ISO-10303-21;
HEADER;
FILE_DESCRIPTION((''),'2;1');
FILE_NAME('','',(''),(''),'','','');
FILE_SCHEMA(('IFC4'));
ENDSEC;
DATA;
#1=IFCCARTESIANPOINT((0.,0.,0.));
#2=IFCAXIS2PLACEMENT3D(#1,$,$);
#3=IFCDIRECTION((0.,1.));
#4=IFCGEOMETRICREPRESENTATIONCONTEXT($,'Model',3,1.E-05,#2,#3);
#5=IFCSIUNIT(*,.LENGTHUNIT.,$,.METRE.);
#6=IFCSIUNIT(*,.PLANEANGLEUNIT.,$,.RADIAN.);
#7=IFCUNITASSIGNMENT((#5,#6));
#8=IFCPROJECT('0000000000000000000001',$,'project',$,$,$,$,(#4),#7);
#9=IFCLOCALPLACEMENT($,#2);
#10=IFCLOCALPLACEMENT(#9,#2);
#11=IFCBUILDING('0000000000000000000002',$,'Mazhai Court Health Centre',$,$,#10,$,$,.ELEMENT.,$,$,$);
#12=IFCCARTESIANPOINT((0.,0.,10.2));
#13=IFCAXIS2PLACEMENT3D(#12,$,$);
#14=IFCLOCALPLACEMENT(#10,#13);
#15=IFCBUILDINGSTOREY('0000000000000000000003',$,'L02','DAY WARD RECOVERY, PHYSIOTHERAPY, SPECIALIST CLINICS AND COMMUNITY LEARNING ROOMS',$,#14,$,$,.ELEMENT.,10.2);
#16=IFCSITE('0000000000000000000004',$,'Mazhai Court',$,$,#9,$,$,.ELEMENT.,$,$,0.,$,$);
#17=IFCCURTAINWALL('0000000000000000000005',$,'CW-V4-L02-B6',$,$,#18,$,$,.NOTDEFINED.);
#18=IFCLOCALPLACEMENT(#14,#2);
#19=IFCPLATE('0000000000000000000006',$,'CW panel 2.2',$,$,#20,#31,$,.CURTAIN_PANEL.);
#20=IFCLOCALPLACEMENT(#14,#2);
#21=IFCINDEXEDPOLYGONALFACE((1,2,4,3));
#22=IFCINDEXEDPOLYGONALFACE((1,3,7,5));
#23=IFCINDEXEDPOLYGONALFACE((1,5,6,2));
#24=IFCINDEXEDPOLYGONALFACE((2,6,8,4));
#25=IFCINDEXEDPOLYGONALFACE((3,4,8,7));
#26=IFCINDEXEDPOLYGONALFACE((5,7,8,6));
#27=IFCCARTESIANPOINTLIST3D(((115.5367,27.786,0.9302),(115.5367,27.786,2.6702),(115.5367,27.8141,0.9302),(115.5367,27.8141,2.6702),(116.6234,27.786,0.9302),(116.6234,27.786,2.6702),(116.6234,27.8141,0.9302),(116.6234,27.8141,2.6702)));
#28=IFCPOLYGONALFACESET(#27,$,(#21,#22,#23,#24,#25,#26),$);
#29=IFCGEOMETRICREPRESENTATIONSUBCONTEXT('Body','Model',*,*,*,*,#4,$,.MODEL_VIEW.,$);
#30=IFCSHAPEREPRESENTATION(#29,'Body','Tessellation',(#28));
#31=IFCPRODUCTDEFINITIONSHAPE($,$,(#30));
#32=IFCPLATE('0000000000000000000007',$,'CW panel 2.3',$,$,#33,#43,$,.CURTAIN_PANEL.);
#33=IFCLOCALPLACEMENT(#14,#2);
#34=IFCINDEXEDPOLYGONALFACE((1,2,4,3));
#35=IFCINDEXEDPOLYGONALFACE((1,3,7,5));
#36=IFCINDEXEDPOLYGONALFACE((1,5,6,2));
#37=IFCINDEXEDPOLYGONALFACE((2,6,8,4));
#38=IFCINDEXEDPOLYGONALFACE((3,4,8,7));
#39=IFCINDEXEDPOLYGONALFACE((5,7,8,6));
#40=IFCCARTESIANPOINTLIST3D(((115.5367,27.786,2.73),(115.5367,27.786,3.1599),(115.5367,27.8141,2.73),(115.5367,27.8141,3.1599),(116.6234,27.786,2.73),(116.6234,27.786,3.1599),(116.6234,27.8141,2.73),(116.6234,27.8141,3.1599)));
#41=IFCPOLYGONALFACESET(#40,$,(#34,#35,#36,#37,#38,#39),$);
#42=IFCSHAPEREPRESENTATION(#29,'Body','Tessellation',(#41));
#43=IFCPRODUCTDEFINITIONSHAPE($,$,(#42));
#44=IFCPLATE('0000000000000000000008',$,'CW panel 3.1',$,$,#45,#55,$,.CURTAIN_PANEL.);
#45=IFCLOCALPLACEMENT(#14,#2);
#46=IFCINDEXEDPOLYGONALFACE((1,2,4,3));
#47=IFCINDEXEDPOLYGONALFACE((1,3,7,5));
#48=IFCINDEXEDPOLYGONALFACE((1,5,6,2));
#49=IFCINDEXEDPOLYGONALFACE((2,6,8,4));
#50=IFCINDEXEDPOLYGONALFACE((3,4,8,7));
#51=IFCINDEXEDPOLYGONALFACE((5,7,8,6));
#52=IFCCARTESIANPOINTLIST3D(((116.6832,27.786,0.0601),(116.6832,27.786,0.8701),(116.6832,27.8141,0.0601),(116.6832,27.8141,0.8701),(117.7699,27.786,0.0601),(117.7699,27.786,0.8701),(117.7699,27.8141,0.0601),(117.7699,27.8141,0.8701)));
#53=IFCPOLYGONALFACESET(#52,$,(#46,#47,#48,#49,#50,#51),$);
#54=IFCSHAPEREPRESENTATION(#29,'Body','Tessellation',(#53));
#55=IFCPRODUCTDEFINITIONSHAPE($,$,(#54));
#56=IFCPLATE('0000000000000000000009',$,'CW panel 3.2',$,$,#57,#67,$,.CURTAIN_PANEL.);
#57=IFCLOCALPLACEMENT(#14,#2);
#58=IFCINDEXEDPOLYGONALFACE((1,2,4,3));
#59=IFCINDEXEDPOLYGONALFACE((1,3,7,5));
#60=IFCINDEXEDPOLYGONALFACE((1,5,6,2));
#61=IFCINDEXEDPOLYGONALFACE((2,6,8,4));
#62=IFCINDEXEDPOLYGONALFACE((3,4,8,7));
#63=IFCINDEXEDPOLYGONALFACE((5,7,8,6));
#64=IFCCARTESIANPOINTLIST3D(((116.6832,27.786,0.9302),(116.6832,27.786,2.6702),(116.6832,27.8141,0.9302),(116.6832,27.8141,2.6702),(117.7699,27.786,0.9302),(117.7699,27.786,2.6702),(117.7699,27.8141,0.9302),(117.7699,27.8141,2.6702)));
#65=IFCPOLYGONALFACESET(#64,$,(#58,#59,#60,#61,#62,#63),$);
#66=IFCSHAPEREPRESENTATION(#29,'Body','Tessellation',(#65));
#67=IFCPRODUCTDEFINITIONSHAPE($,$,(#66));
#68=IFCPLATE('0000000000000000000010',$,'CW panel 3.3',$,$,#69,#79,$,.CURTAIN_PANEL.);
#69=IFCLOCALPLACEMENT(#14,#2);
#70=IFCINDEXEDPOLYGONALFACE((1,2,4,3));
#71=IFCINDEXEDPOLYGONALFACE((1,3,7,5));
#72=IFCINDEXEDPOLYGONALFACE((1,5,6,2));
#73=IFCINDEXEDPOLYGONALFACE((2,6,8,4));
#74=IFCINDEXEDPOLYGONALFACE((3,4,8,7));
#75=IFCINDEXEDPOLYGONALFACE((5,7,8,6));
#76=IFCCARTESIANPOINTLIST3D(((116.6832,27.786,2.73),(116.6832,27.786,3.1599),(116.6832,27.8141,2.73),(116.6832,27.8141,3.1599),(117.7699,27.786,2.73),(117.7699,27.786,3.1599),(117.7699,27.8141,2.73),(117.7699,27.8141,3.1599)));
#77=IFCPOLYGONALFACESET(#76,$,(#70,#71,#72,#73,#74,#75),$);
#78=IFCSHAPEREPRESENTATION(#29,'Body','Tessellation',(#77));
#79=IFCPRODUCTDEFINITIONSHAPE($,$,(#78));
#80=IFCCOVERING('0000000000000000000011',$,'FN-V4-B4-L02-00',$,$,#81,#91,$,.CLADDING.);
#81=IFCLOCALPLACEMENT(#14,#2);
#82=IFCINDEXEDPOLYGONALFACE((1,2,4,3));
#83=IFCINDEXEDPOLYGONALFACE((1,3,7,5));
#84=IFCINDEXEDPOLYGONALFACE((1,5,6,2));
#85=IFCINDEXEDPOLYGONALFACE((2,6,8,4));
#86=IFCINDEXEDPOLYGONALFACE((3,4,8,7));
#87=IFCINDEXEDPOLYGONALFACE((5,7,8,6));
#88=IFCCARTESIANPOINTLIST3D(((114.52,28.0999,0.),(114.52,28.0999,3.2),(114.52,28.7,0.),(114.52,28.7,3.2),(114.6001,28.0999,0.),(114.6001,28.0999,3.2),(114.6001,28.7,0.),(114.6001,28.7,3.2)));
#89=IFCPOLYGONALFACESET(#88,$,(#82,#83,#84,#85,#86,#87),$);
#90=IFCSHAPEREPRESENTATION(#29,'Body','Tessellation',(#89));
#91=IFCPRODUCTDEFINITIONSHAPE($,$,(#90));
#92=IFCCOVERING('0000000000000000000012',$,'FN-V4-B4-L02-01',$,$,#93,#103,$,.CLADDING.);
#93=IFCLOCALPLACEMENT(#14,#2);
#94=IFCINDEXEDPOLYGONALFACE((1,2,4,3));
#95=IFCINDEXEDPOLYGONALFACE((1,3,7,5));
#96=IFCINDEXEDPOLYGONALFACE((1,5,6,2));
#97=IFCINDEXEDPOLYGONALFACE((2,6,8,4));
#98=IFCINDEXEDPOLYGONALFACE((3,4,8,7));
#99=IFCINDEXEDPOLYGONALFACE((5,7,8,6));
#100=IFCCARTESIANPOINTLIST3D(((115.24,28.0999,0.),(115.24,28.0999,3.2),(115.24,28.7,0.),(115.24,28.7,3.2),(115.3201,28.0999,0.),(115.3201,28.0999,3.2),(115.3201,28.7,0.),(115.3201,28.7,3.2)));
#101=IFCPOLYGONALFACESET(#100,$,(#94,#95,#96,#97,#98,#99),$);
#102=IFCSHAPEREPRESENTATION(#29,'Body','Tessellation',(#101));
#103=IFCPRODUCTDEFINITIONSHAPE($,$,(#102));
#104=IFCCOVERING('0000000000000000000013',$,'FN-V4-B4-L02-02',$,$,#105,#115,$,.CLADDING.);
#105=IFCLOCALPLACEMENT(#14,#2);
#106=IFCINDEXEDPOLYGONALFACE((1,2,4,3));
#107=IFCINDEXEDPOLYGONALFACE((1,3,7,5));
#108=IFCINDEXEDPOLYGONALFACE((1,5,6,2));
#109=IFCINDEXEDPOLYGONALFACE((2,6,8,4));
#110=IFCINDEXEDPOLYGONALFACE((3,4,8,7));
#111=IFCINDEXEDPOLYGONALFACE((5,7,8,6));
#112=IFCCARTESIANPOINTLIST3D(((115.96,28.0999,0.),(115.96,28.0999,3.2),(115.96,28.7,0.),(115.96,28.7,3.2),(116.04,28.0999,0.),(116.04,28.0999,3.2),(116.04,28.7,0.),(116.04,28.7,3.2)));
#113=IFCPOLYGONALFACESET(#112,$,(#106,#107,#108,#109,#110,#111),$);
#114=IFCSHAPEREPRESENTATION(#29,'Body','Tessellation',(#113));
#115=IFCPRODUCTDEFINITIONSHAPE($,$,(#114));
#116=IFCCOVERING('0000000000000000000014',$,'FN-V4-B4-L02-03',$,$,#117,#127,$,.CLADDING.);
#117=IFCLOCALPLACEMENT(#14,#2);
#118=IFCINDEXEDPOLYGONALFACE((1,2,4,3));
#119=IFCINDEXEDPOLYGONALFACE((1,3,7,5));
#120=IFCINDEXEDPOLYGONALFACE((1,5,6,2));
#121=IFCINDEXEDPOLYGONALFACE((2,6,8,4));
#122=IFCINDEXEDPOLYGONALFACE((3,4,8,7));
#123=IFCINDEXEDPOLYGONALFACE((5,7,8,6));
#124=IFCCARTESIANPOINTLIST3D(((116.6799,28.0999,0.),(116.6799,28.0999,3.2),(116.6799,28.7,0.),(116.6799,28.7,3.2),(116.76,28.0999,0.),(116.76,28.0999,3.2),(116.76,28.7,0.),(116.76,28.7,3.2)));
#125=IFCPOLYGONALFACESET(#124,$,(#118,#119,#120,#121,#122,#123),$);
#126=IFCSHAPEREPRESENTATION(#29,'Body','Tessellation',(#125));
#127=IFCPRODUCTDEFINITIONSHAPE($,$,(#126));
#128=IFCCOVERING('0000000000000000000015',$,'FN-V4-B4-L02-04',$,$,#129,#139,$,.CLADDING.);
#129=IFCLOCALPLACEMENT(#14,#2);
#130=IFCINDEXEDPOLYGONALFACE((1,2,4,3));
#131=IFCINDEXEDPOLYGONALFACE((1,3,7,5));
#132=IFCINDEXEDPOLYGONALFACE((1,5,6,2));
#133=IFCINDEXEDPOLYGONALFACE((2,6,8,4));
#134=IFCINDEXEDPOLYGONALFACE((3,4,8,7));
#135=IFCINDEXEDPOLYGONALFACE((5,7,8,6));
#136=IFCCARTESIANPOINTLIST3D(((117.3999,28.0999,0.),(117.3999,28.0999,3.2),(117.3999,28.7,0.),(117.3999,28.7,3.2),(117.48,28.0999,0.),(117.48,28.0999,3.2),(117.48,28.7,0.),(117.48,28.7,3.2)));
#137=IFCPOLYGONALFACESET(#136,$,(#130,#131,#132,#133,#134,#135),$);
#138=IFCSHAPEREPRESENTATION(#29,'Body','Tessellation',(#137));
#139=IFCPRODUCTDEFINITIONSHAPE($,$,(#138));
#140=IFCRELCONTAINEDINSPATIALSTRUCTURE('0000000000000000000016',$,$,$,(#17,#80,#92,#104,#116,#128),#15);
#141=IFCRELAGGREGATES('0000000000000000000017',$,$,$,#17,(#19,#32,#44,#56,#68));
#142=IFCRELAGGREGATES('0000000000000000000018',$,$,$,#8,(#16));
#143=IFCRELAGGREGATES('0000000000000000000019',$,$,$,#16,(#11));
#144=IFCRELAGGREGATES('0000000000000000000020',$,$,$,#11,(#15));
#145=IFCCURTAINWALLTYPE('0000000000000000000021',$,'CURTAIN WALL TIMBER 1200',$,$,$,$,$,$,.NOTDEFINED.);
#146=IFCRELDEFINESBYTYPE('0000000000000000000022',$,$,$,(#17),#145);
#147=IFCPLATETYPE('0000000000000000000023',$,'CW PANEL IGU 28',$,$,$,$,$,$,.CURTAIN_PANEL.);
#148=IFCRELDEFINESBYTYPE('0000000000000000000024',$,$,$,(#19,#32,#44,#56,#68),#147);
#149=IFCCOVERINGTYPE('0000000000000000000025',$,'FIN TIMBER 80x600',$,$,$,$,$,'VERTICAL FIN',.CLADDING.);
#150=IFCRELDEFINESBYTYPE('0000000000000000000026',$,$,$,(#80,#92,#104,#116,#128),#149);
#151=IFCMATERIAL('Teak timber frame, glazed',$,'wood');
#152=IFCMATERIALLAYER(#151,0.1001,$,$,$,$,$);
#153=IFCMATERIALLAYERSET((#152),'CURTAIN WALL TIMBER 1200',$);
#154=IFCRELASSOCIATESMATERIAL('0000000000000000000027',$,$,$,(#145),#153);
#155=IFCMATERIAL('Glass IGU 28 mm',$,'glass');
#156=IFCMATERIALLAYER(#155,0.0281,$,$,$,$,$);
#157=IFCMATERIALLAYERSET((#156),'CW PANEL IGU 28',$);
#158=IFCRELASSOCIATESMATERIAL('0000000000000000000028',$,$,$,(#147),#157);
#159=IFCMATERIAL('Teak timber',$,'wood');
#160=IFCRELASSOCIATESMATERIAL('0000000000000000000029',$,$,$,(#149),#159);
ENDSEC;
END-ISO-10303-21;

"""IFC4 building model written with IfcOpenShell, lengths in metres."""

from ifc_helpers import new_model, si_unit, direction, frame, origin, origin_2d, place, context, subcontext, project, spatial, rectangle, extrude, material, layer, layer_set, type_object, element, aggregate, save


model = new_model("IFC4")

# Units and contexts
model_context = context("Model", 3, precision=1e-05, world=origin(), true_north=direction((0.0, 1.0)))
body_context = subcontext(model_context, "Body", "Model", "MODEL_VIEW")
ifc_project = project(units=[si_unit("LENGTHUNIT", "METRE"), si_unit("PLANEANGLEUNIT", "RADIAN")], contexts=[model_context])

# Site, building, storey
site_placement = place(None, origin())
site = spatial("IfcSite", under=ifc_project, at=site_placement, Name="Mazhai Court", CompositionType="ELEMENT", RefElevation=0.0)
building_placement = place(site_placement, origin())
building = spatial("IfcBuilding", under=site, at=building_placement, Name="Mazhai Court Health Centre", CompositionType="ELEMENT")
storey_placement = place(building_placement, frame((0.0, 0.0, 10.2)))
storey = spatial("IfcBuildingStorey", under=building, at=storey_placement, Name="L02", Description="DAY WARD RECOVERY, PHYSIOTHERAPY, SPECIALIST CLINICS AND COMMUNITY LEARNING ROOMS", CompositionType="ELEMENT", Elevation=10.2)

# Curtain wall, plates
ifc_material_1 = material(Name="Teak timber frame, glazed", Category="wood")
ifc_layer_1 = layer(ifc_material_1, 0.1001)
ifc_layer_set_1 = layer_set([ifc_layer_1], Name="CURTAIN WALL TIMBER 1200")
curtain_wall_type = type_object("IfcCurtainWallType", Name="CURTAIN WALL TIMBER 1200", PredefinedType="NOTDEFINED", material=ifc_layer_set_1)
curtain_wall_placement = place(storey_placement, origin())
curtain_wall = element("IfcCurtainWall", 1, at=curtain_wall_placement, inside=storey, type_object=curtain_wall_type, Name="CW-V4-L02-B6", PredefinedType="NOTDEFINED")
ifc_material_2 = material(Name="Glass IGU 28 mm", Category="glass")
ifc_layer_2 = layer(ifc_material_2, 0.0281)
ifc_layer_set_2 = layer_set([ifc_layer_2], Name="CW PANEL IGU 28")
plate_type = type_object("IfcPlateType", Name="CW PANEL IGU 28", PredefinedType="CURTAIN_PANEL", material=ifc_layer_set_2)
plate_1_placement = place(storey_placement, frame((116.0801, 27.8, 0.9302), z_axis=(0.0, 0.0, 1.0), x_axis=(1.0, 0.0, 0.0)))
plate_1 = element("IfcPlate", 2, at=plate_1_placement, type_object=plate_type, Name="CW panel 2.2", PredefinedType="CURTAIN_PANEL", context=body_context, shape_type="SweptSolid", body=[
    extrude(rectangle(XDim=1.0867, YDim=0.0281, at=origin_2d()), origin(), (0.0, 0.0, 1.0), 1.74),
])
plate_2_placement = place(storey_placement, frame((116.0801, 27.8, 2.73), z_axis=(0.0, 0.0, 1.0), x_axis=(1.0, 0.0, 0.0)))
plate_2 = element("IfcPlate", 3, at=plate_2_placement, type_object=plate_type, Name="CW panel 2.3", PredefinedType="CURTAIN_PANEL", context=body_context, shape_type="SweptSolid", body=[
    extrude(rectangle(XDim=1.0867, YDim=0.0281, at=origin_2d()), origin(), (0.0, 0.0, 1.0), 0.4299),
])
plate_3_placement = place(storey_placement, frame((117.2266, 27.8, 0.0601), z_axis=(0.0, 0.0, 1.0), x_axis=(1.0, 0.0, 0.0)))
plate_3 = element("IfcPlate", 4, at=plate_3_placement, type_object=plate_type, Name="CW panel 3.1", PredefinedType="CURTAIN_PANEL", context=body_context, shape_type="SweptSolid", body=[
    extrude(rectangle(XDim=1.0867, YDim=0.0281, at=origin_2d()), origin(), (0.0, 0.0, 1.0), 0.8101),
])
plate_4_placement = place(storey_placement, frame((117.2266, 27.8, 0.9302), z_axis=(0.0, 0.0, 1.0), x_axis=(1.0, 0.0, 0.0)))
plate_4 = element("IfcPlate", 5, at=plate_4_placement, type_object=plate_type, Name="CW panel 3.2", PredefinedType="CURTAIN_PANEL", context=body_context, shape_type="SweptSolid", body=[
    extrude(rectangle(XDim=1.0867, YDim=0.0281, at=origin_2d()), origin(), (0.0, 0.0, 1.0), 1.74),
])
plate_5_placement = place(storey_placement, frame((117.2266, 27.8, 2.73), z_axis=(0.0, 0.0, 1.0), x_axis=(1.0, 0.0, 0.0)))
plate_5 = element("IfcPlate", 6, at=plate_5_placement, type_object=plate_type, Name="CW panel 3.3", PredefinedType="CURTAIN_PANEL", context=body_context, shape_type="SweptSolid", body=[
    extrude(rectangle(XDim=1.0867, YDim=0.0281, at=origin_2d()), origin(), (0.0, 0.0, 1.0), 0.4299),
])
aggregate(curtain_wall, [plate_1, plate_2, plate_3, plate_4, plate_5])

# Coverings
ifc_material_3 = material(Name="Teak timber", Category="wood")
covering_type = type_object("IfcCoveringType", Name="FIN TIMBER 80x600", ElementType="VERTICAL FIN", PredefinedType="CLADDING", material=ifc_material_3)
for number, where, z_axis, x_axis, name in (
    (7, (114.5601, 28.3999, 0.0), (0.0, 0.0, 1.0), (1.0, 0.0, 0.0), "FN-V4-B4-L02-00"),
    (8, (115.28, 28.3999, 0.0), (0.0, 0.0, 1.0), (1.0, 0.0, 0.0), "FN-V4-B4-L02-01"),
    (9, (116.0, 28.3999, 0.0), (0.0, 0.0, 1.0), (1.0, 0.0, 0.0), "FN-V4-B4-L02-02"),
    (10, (116.72, 28.3999, 0.0), (0.0, 0.0, 1.0), (1.0, 0.0, 0.0), "FN-V4-B4-L02-03"),
    (11, (117.4399, 28.3999, 0.0), (0.0, 0.0, 1.0), (1.0, 0.0, 0.0), "FN-V4-B4-L02-04"),
):
    element("IfcCovering", number, at=place(storey_placement, frame(where, z_axis=z_axis, x_axis=x_axis)), inside=storey, type_object=covering_type, Name=name, PredefinedType="CLADDING", context=body_context, shape_type="SweptSolid", body=[
        extrude(rectangle(XDim=0.0801, YDim=0.6001, at=origin_2d()), origin(), (0.0, 0.0, 1.0), 3.2),
    ])

save(model, "model.ifc")
